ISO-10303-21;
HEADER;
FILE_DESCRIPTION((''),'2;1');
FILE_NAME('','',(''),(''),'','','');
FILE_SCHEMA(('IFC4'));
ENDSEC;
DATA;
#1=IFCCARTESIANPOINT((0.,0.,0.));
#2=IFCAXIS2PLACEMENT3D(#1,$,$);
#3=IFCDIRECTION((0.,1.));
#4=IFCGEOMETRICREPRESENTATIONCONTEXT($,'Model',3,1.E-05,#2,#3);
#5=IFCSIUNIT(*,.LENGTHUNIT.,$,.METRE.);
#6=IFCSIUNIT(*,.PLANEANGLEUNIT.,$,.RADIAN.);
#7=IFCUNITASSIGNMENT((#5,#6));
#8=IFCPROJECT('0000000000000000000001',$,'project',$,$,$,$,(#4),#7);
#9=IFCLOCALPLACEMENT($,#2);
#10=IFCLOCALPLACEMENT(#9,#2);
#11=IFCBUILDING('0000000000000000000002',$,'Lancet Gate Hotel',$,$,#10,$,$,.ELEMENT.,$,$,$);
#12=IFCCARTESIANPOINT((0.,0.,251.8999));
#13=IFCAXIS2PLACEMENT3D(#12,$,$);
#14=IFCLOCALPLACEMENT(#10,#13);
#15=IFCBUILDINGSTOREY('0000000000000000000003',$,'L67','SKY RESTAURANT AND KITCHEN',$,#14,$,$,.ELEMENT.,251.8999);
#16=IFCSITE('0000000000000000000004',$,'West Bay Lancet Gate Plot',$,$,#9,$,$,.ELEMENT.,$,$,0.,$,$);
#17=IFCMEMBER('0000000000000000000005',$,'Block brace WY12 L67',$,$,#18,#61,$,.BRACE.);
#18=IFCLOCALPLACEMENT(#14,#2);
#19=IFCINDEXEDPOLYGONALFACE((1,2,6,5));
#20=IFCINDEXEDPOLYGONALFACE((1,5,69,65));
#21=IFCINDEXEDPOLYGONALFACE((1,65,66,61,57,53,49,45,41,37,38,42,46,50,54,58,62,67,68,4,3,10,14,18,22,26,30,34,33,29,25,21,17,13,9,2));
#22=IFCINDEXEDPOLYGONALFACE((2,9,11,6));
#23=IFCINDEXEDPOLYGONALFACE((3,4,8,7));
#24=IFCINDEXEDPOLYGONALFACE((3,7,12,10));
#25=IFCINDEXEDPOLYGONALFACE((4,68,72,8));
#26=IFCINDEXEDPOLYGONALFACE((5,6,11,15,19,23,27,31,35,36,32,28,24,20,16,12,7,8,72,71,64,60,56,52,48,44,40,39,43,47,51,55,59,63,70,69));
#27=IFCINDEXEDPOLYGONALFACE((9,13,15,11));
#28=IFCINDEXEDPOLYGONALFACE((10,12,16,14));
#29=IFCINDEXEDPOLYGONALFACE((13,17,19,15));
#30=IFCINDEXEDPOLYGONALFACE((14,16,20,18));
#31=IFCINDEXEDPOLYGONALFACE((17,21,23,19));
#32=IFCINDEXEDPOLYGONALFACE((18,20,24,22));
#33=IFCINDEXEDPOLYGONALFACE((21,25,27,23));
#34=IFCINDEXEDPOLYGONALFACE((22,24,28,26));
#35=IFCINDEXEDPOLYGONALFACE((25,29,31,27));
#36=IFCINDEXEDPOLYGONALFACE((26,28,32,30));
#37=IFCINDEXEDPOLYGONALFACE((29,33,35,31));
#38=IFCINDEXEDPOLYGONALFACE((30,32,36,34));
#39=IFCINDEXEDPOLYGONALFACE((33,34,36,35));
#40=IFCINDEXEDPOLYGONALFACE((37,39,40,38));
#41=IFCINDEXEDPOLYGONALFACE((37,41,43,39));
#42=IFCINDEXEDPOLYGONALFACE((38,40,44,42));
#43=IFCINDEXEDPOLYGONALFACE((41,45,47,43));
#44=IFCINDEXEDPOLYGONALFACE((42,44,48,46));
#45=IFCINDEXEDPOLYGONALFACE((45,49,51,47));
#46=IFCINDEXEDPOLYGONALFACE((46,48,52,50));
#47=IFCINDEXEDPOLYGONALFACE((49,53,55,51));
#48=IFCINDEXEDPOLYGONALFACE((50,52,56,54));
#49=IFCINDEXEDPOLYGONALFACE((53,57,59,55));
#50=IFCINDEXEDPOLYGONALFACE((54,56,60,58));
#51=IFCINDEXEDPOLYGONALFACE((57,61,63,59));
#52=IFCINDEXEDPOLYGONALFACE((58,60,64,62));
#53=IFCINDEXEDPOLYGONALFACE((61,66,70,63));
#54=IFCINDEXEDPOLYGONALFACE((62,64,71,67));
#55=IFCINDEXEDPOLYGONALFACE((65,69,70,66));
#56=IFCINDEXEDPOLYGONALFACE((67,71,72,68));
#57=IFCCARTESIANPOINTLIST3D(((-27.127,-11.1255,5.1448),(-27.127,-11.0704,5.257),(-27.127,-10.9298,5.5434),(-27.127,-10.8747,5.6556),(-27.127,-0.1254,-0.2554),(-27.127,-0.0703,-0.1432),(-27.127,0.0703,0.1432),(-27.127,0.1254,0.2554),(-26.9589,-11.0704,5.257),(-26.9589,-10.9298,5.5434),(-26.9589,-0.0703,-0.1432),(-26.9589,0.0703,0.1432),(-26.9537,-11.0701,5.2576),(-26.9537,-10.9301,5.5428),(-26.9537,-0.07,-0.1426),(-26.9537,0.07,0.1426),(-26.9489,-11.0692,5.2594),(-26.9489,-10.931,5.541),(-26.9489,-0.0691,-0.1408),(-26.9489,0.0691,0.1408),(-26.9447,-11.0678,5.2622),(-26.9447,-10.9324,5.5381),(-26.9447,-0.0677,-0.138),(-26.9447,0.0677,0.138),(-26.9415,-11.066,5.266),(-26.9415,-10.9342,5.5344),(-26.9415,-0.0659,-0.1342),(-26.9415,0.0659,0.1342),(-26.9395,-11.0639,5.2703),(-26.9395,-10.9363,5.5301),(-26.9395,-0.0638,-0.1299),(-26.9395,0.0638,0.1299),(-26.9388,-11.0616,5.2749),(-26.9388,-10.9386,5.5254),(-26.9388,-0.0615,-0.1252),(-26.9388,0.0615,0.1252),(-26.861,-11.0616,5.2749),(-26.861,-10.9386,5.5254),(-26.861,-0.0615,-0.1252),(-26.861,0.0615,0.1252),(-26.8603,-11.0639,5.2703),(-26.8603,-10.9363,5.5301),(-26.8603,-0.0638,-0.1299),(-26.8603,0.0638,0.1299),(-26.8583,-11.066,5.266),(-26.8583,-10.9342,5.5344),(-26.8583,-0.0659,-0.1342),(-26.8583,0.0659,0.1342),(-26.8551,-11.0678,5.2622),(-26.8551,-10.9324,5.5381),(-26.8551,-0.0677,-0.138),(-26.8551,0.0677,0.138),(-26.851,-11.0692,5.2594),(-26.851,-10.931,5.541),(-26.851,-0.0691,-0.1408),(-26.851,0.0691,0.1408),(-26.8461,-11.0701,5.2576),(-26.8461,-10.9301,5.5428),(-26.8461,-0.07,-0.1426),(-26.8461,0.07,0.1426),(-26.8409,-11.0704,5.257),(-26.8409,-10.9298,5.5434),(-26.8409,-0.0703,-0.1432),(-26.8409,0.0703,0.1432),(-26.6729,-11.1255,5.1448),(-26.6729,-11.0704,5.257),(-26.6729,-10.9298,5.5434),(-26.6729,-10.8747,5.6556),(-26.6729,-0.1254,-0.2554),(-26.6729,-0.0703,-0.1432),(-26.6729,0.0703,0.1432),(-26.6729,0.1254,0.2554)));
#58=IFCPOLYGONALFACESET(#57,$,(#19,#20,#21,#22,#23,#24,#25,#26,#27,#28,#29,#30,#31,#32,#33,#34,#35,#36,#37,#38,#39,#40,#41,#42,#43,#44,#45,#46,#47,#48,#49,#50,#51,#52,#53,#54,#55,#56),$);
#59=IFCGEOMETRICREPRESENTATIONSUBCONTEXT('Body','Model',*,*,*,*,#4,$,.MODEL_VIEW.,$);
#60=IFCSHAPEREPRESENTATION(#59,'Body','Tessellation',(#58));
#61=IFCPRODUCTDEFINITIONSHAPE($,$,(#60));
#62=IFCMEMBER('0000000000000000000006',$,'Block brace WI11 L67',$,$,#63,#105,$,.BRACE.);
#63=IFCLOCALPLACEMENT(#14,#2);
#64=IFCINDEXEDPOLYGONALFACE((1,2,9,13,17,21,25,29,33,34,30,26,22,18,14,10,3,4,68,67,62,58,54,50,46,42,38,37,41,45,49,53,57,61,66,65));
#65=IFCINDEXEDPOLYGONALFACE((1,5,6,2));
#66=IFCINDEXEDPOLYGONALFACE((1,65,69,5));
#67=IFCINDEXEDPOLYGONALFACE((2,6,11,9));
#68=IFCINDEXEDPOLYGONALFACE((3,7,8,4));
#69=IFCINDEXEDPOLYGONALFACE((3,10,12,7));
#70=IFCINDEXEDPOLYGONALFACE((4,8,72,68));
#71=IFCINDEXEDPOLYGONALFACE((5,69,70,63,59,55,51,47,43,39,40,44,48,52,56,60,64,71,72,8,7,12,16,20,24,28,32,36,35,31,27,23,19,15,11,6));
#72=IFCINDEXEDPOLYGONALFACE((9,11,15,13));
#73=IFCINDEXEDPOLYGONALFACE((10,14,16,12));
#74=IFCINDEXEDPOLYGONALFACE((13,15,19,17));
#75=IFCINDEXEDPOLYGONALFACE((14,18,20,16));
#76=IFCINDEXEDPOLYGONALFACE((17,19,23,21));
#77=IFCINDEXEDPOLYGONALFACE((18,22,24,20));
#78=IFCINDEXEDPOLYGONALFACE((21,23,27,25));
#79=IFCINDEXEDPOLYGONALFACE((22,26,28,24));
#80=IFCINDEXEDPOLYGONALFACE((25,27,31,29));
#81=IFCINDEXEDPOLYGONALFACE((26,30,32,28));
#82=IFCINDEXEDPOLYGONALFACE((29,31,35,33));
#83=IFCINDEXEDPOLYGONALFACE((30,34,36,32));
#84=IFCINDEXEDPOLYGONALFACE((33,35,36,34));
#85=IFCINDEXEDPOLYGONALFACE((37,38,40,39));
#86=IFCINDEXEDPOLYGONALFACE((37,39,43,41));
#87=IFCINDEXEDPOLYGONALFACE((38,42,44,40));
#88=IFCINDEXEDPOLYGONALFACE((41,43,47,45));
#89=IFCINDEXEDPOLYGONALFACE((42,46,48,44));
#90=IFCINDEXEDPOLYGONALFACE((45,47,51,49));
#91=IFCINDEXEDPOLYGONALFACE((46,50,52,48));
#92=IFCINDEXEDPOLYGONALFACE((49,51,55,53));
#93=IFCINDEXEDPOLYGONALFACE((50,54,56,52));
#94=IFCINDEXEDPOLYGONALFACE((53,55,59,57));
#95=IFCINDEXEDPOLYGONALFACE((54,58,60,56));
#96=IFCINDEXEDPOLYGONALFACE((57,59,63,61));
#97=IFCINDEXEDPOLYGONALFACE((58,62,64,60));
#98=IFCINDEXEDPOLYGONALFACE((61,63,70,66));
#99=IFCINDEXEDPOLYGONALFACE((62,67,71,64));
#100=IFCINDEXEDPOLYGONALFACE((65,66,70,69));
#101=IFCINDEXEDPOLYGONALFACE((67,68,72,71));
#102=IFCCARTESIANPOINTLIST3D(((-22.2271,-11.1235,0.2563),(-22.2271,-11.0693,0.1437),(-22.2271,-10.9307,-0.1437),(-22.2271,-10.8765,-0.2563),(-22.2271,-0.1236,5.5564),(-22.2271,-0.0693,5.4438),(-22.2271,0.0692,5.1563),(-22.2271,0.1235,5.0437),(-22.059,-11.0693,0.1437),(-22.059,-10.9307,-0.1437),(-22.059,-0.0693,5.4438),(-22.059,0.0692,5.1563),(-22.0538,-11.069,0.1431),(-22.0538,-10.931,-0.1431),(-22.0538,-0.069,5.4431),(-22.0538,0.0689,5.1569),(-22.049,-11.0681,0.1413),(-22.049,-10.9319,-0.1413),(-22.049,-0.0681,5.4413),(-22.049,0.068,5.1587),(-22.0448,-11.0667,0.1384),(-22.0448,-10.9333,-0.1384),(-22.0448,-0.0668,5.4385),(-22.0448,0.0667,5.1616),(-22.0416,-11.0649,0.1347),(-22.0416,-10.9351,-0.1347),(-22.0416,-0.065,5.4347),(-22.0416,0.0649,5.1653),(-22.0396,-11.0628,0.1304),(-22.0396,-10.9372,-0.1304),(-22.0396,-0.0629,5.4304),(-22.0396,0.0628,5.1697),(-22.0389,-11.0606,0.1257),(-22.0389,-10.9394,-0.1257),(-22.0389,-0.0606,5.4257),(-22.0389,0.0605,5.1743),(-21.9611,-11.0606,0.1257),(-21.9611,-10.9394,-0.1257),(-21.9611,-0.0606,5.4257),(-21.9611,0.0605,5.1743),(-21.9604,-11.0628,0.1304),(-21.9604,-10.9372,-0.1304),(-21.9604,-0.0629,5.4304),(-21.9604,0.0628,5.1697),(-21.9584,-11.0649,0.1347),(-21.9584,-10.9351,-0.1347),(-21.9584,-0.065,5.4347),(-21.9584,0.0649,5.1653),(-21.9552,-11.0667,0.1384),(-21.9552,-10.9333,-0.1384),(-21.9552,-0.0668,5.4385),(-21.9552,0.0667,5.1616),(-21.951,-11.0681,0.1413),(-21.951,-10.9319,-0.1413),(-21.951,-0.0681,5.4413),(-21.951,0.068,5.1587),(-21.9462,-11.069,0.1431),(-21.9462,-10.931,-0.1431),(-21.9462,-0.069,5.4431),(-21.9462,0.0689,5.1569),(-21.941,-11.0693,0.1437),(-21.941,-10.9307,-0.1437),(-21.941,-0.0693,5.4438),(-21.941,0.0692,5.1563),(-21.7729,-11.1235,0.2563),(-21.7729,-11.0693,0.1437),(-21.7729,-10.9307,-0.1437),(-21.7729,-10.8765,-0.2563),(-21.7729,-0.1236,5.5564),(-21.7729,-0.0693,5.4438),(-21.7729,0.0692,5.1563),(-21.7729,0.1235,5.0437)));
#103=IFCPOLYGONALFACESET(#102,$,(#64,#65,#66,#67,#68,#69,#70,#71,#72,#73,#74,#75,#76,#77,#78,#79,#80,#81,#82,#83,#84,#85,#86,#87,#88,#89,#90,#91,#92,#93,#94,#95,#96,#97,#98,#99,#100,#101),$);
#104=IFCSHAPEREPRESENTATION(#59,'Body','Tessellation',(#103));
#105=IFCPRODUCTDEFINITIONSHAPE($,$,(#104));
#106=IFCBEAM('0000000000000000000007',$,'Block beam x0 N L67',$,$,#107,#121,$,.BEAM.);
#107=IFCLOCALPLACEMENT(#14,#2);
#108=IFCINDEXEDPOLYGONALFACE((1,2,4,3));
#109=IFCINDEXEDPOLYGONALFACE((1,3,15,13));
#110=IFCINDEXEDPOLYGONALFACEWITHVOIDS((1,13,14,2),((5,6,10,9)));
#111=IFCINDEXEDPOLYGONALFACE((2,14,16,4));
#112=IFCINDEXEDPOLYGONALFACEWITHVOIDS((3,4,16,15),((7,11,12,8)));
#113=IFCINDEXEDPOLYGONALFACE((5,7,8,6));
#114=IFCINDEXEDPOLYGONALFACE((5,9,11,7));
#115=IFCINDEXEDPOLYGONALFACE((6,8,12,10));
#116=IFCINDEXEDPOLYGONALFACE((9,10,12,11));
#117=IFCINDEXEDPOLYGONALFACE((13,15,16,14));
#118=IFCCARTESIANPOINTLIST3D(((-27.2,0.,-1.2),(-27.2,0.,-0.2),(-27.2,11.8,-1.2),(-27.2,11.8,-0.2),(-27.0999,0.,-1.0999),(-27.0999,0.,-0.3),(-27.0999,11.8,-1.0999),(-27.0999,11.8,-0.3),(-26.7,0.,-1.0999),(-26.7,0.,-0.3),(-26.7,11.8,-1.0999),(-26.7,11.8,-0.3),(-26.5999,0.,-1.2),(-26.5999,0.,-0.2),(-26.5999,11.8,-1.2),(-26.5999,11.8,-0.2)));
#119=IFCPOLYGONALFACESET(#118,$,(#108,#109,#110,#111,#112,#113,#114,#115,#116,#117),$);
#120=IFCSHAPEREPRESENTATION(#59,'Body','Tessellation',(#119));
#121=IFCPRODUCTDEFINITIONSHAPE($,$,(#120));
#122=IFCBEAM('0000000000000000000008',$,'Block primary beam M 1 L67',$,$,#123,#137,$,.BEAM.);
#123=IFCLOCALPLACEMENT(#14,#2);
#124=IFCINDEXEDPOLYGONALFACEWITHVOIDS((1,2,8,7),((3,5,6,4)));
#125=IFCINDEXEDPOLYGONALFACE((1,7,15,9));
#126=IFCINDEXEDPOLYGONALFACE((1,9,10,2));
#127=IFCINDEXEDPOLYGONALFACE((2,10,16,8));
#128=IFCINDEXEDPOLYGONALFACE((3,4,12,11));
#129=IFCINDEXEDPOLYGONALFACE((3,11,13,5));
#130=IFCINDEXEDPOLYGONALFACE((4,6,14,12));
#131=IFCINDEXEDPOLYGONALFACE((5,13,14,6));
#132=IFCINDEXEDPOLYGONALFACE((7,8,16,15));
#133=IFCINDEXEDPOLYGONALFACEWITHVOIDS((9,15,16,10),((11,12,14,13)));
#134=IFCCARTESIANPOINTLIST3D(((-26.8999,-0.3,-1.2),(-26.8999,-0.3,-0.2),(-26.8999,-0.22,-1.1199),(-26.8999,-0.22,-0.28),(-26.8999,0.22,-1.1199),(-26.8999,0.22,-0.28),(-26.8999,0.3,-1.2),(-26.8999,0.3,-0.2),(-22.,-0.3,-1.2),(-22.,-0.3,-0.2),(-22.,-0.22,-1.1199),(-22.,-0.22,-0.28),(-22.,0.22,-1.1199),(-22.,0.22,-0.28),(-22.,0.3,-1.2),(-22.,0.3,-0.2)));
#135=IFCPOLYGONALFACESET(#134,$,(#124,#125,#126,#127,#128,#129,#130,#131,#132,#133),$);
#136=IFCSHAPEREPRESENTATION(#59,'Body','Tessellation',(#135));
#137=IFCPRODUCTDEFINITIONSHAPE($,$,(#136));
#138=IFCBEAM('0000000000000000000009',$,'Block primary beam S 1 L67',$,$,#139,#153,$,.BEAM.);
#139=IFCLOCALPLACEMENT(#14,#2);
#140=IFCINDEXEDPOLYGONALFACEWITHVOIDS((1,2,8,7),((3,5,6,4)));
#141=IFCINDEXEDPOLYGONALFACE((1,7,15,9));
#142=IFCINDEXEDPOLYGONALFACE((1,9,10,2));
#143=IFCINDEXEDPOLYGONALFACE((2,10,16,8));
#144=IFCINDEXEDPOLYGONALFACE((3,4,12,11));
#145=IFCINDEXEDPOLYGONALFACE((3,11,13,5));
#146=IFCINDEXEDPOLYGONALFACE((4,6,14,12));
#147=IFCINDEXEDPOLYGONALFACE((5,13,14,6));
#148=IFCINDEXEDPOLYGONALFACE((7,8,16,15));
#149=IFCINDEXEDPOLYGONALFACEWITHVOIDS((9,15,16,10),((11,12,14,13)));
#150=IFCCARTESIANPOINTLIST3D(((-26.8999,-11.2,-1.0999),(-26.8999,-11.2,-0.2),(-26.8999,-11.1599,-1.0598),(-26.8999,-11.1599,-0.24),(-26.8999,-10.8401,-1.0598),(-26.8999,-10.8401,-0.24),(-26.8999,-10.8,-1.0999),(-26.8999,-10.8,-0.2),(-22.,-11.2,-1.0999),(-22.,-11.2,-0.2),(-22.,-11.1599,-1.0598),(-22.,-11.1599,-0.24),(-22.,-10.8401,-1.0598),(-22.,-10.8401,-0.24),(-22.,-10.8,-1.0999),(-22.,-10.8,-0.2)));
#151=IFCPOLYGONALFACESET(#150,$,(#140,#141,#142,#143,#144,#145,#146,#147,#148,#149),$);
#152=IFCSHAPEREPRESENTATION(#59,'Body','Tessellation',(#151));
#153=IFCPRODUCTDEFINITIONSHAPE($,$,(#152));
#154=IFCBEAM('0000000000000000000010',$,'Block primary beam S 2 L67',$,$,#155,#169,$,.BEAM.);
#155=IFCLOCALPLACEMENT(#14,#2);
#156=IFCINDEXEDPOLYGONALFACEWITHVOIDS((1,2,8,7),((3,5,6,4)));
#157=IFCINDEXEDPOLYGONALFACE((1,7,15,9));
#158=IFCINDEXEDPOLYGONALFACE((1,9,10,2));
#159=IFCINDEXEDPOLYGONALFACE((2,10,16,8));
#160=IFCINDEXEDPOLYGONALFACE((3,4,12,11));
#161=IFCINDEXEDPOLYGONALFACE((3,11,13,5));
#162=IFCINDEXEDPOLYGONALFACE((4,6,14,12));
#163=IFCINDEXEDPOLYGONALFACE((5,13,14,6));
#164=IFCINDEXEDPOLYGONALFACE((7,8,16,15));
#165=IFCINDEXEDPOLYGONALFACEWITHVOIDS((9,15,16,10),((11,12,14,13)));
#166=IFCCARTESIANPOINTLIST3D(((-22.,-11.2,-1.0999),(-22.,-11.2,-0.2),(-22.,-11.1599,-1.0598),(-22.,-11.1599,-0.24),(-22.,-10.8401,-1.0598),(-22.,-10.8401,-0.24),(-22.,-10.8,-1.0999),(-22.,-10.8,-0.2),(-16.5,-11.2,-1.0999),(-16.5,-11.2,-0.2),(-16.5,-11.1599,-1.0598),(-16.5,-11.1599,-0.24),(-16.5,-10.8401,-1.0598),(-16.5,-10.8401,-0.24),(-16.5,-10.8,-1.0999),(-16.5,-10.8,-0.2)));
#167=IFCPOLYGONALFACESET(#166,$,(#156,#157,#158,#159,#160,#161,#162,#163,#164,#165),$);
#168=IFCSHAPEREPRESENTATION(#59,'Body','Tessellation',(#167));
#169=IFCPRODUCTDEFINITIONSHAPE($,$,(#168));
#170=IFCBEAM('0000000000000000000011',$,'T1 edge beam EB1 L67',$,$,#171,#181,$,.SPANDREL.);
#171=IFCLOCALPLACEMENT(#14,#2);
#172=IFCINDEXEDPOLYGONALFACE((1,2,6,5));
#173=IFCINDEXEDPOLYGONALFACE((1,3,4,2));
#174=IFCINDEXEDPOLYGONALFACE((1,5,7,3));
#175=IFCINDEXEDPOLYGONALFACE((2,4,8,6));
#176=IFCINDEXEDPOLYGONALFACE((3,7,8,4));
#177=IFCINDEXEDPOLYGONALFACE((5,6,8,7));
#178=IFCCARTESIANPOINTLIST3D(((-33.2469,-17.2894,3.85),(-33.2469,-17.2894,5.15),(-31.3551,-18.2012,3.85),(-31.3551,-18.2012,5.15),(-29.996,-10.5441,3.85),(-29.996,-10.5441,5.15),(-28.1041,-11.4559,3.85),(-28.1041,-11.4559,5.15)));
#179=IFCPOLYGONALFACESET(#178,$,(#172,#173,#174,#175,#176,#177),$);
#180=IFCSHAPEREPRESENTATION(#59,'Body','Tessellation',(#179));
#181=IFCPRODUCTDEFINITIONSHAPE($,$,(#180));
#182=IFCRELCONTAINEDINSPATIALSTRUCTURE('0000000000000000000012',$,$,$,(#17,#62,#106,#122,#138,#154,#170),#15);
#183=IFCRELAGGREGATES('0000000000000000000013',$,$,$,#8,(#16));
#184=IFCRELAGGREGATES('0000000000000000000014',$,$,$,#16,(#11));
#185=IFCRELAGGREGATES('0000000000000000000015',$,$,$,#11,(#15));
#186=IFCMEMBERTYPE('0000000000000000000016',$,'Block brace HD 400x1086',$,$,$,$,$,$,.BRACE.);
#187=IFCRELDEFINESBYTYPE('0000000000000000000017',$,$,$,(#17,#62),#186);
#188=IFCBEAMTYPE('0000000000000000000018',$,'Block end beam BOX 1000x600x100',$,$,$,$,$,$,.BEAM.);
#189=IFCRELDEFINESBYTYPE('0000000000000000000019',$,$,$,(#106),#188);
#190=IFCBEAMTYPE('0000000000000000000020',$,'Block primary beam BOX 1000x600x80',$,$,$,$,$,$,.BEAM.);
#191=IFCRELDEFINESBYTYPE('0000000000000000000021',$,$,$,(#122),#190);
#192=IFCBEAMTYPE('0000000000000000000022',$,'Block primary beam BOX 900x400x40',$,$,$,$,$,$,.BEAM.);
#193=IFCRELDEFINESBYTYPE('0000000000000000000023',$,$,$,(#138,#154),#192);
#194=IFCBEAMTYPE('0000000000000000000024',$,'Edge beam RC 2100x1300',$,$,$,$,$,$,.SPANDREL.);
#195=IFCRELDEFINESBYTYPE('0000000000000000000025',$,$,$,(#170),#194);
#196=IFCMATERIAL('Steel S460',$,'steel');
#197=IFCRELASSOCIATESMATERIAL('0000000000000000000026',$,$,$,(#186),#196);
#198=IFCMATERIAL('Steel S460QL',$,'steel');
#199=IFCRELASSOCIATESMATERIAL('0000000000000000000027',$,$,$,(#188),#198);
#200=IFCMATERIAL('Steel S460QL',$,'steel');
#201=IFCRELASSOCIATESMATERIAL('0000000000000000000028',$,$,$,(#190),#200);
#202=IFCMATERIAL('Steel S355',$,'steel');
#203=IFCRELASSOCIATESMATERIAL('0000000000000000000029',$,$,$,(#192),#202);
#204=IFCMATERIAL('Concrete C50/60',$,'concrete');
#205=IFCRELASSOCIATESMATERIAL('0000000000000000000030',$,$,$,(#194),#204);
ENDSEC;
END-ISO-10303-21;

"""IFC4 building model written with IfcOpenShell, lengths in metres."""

from ifc_helpers import new_model, si_unit, direction, frame, origin, origin_2d, place, context, subcontext, project, spatial, rectangle, hollow_rectangle, i_section, extrude, material, material_profile, profile_set, type_object, element, save


model = new_model("IFC4")

# Units and contexts
model_context = context("Model", 3, precision=1e-05, world=origin(), true_north=direction((0.0, 1.0)))
body_context = subcontext(model_context, "Body", "Model", "MODEL_VIEW")
ifc_project = project(units=[si_unit("LENGTHUNIT", "METRE"), si_unit("PLANEANGLEUNIT", "RADIAN")], contexts=[model_context])

# Site, building, storey
site_placement = place(None, origin())
site = spatial("IfcSite", under=ifc_project, at=site_placement, Name="West Bay Lancet Gate Plot", CompositionType="ELEMENT", RefElevation=0.0)
building_placement = place(site_placement, origin())
building = spatial("IfcBuilding", under=site, at=building_placement, Name="Lancet Gate Hotel", CompositionType="ELEMENT")
storey_placement = place(building_placement, frame((0.0, 0.0, 251.8999)))
storey = spatial("IfcBuildingStorey", under=building, at=storey_placement, Name="L67", Description="SKY RESTAURANT AND KITCHEN", CompositionType="ELEMENT", Elevation=251.8999)

# Members
ifc_material_1 = material(Name="Steel S460", Category="steel")
ifc_material_profile_1 = material_profile(ifc_material_1, i_section(OverallWidth=0.4541, OverallDepth=0.5691, WebThickness=0.0779, FlangeThickness=0.125, FilletRadius=0.02, at=origin_2d()), Name="HD 400x1086")
ifc_profile_set_1 = profile_set([ifc_material_profile_1], Name="Steel S460")
member_type = type_object("IfcMemberType", Name="Block brace HD 400x1086", PredefinedType="BRACE", material=ifc_profile_set_1)
member_1_placement = place(storey_placement, frame((-26.8999, 0.0, 0.0), z_axis=(0.0, -0.897663, 0.440683), x_axis=(1.0, 0.0, 0.0)))
element("IfcMember", 1, at=member_1_placement, inside=storey, type_object=member_type, Name="Block brace WY12 L67", PredefinedType="BRACE", context=body_context, shape_type="SweptSolid", body=[
    extrude(i_section(OverallWidth=0.4541, OverallDepth=0.5691, WebThickness=0.0779, FlangeThickness=0.125, FilletRadius=0.02, at=origin_2d()), origin(), (0.0, 0.0, 1.0), 12.2542),
])
member_2_placement = place(storey_placement, frame((-22.0, -11.0, 0.0), z_axis=(0.0, 0.900882, 0.434065), x_axis=(-1.0, 0.0, 0.0)))
element("IfcMember", 2, at=member_2_placement, inside=storey, type_object=member_type, Name="Block brace WI11 L67", PredefinedType="BRACE", context=body_context, shape_type="SweptSolid", body=[
    extrude(i_section(OverallWidth=0.4541, OverallDepth=0.5691, WebThickness=0.0779, FlangeThickness=0.125, FilletRadius=0.02, at=origin_2d()), origin(), (0.0, 0.0, 1.0), 12.2102),
])

# Beams
ifc_material_2 = material(Name="Steel S460QL", Category="steel")
ifc_material_profile_2 = material_profile(ifc_material_2, hollow_rectangle(XDim=0.6001, YDim=1.0, WallThickness=0.1001, at=origin_2d()), Name="BOX 1000x600x100")
ifc_profile_set_2 = profile_set([ifc_material_profile_2], Name="Steel S460QL")
beam_type_1 = type_object("IfcBeamType", Name="Block end beam BOX 1000x600x100", PredefinedType="BEAM", material=ifc_profile_set_2)
beam_1_placement = place(storey_placement, frame((-26.8999, 0.0, -0.7), z_axis=(0.0, 1.0, 0.0), x_axis=(-1.0, 0.0, 0.0)))
element("IfcBeam", 3, at=beam_1_placement, inside=storey, type_object=beam_type_1, Name="Block beam x0 N L67", PredefinedType="BEAM", context=body_context, shape_type="SweptSolid", body=[
    extrude(hollow_rectangle(XDim=0.6001, YDim=1.0, WallThickness=0.1001, at=origin_2d()), origin(), (0.0, 0.0, 1.0), 11.8),
])
ifc_material_3 = material(Name="Steel S460QL", Category="steel")
ifc_material_profile_3 = material_profile(ifc_material_3, hollow_rectangle(XDim=0.6001, YDim=1.0, WallThickness=0.0801, at=origin_2d()), Name="BOX 1000x600x80")
ifc_profile_set_3 = profile_set([ifc_material_profile_3], Name="Steel S460QL")
beam_type_2 = type_object("IfcBeamType", Name="Block primary beam BOX 1000x600x80", PredefinedType="BEAM", material=ifc_profile_set_3)
beam_2_placement = place(storey_placement, frame((-26.8999, 0.0, -0.7), z_axis=(1.0, 0.0, 0.0), x_axis=(0.0, 1.0, 0.0)))
element("IfcBeam", 4, at=beam_2_placement, inside=storey, type_object=beam_type_2, Name="Block primary beam M 1 L67", PredefinedType="BEAM", context=body_context, shape_type="SweptSolid", body=[
    extrude(hollow_rectangle(XDim=0.6001, YDim=1.0, WallThickness=0.0801, at=origin_2d()), origin(), (0.0, 0.0, 1.0), 4.8999),
])
ifc_material_4 = material(Name="Steel S355", Category="steel")
ifc_material_profile_4 = material_profile(ifc_material_4, hollow_rectangle(XDim=0.3999, YDim=0.8999, WallThickness=0.04, at=origin_2d()), Name="BOX 900x400x40")
ifc_profile_set_4 = profile_set([ifc_material_profile_4], Name="Steel S355")
beam_type_3 = type_object("IfcBeamType", Name="Block primary beam BOX 900x400x40", PredefinedType="BEAM", material=ifc_profile_set_4)
beam_3_placement = place(storey_placement, frame((-26.8999, -11.0, -0.6499), z_axis=(1.0, 0.0, 0.0), x_axis=(0.0, 1.0, 0.0)))
element("IfcBeam", 5, at=beam_3_placement, inside=storey, type_object=beam_type_3, Name="Block primary beam S 1 L67", PredefinedType="BEAM", context=body_context, shape_type="SweptSolid", body=[
    extrude(hollow_rectangle(XDim=0.3999, YDim=0.8999, WallThickness=0.04, at=origin_2d()), origin(), (0.0, 0.0, 1.0), 4.8999),
])
beam_4_placement = place(storey_placement, frame((-22.0, -11.0, -0.6499), z_axis=(1.0, 0.0, 0.0), x_axis=(0.0, 1.0, 0.0)))
element("IfcBeam", 6, at=beam_4_placement, inside=storey, type_object=beam_type_3, Name="Block primary beam S 2 L67", PredefinedType="BEAM", context=body_context, shape_type="SweptSolid", body=[
    extrude(hollow_rectangle(XDim=0.3999, YDim=0.8999, WallThickness=0.04, at=origin_2d()), origin(), (0.0, 0.0, 1.0), 5.5),
])
ifc_material_5 = material(Name="Concrete C50/60", Category="concrete")
ifc_material_profile_5 = material_profile(ifc_material_5, rectangle(XDim=2.1001, YDim=1.3, at=origin_2d()), Name="RC 2100x1300")
ifc_profile_set_5 = profile_set([ifc_material_profile_5], Name="Concrete C50/60")
beam_type_4 = type_object("IfcBeamType", Name="Edge beam RC 2100x1300", PredefinedType="SPANDREL", material=ifc_profile_set_5)
beam_5_placement = place(storey_placement, frame((-29.05, -11.0, 4.5), z_axis=(-0.434164, -0.900834, 0.0), x_axis=(0.900834, -0.434164, 0.0)))
element("IfcBeam", 7, at=beam_5_placement, inside=storey, type_object=beam_type_4, Name="T1 edge beam EB1 L67", PredefinedType="SPANDREL", context=body_context, shape_type="SweptSolid", body=[
    extrude(rectangle(XDim=2.1001, YDim=1.3, at=origin_2d()), origin(), (0.0, 0.0, 1.0), 7.4878),
])

save(model, "model.ifc")
